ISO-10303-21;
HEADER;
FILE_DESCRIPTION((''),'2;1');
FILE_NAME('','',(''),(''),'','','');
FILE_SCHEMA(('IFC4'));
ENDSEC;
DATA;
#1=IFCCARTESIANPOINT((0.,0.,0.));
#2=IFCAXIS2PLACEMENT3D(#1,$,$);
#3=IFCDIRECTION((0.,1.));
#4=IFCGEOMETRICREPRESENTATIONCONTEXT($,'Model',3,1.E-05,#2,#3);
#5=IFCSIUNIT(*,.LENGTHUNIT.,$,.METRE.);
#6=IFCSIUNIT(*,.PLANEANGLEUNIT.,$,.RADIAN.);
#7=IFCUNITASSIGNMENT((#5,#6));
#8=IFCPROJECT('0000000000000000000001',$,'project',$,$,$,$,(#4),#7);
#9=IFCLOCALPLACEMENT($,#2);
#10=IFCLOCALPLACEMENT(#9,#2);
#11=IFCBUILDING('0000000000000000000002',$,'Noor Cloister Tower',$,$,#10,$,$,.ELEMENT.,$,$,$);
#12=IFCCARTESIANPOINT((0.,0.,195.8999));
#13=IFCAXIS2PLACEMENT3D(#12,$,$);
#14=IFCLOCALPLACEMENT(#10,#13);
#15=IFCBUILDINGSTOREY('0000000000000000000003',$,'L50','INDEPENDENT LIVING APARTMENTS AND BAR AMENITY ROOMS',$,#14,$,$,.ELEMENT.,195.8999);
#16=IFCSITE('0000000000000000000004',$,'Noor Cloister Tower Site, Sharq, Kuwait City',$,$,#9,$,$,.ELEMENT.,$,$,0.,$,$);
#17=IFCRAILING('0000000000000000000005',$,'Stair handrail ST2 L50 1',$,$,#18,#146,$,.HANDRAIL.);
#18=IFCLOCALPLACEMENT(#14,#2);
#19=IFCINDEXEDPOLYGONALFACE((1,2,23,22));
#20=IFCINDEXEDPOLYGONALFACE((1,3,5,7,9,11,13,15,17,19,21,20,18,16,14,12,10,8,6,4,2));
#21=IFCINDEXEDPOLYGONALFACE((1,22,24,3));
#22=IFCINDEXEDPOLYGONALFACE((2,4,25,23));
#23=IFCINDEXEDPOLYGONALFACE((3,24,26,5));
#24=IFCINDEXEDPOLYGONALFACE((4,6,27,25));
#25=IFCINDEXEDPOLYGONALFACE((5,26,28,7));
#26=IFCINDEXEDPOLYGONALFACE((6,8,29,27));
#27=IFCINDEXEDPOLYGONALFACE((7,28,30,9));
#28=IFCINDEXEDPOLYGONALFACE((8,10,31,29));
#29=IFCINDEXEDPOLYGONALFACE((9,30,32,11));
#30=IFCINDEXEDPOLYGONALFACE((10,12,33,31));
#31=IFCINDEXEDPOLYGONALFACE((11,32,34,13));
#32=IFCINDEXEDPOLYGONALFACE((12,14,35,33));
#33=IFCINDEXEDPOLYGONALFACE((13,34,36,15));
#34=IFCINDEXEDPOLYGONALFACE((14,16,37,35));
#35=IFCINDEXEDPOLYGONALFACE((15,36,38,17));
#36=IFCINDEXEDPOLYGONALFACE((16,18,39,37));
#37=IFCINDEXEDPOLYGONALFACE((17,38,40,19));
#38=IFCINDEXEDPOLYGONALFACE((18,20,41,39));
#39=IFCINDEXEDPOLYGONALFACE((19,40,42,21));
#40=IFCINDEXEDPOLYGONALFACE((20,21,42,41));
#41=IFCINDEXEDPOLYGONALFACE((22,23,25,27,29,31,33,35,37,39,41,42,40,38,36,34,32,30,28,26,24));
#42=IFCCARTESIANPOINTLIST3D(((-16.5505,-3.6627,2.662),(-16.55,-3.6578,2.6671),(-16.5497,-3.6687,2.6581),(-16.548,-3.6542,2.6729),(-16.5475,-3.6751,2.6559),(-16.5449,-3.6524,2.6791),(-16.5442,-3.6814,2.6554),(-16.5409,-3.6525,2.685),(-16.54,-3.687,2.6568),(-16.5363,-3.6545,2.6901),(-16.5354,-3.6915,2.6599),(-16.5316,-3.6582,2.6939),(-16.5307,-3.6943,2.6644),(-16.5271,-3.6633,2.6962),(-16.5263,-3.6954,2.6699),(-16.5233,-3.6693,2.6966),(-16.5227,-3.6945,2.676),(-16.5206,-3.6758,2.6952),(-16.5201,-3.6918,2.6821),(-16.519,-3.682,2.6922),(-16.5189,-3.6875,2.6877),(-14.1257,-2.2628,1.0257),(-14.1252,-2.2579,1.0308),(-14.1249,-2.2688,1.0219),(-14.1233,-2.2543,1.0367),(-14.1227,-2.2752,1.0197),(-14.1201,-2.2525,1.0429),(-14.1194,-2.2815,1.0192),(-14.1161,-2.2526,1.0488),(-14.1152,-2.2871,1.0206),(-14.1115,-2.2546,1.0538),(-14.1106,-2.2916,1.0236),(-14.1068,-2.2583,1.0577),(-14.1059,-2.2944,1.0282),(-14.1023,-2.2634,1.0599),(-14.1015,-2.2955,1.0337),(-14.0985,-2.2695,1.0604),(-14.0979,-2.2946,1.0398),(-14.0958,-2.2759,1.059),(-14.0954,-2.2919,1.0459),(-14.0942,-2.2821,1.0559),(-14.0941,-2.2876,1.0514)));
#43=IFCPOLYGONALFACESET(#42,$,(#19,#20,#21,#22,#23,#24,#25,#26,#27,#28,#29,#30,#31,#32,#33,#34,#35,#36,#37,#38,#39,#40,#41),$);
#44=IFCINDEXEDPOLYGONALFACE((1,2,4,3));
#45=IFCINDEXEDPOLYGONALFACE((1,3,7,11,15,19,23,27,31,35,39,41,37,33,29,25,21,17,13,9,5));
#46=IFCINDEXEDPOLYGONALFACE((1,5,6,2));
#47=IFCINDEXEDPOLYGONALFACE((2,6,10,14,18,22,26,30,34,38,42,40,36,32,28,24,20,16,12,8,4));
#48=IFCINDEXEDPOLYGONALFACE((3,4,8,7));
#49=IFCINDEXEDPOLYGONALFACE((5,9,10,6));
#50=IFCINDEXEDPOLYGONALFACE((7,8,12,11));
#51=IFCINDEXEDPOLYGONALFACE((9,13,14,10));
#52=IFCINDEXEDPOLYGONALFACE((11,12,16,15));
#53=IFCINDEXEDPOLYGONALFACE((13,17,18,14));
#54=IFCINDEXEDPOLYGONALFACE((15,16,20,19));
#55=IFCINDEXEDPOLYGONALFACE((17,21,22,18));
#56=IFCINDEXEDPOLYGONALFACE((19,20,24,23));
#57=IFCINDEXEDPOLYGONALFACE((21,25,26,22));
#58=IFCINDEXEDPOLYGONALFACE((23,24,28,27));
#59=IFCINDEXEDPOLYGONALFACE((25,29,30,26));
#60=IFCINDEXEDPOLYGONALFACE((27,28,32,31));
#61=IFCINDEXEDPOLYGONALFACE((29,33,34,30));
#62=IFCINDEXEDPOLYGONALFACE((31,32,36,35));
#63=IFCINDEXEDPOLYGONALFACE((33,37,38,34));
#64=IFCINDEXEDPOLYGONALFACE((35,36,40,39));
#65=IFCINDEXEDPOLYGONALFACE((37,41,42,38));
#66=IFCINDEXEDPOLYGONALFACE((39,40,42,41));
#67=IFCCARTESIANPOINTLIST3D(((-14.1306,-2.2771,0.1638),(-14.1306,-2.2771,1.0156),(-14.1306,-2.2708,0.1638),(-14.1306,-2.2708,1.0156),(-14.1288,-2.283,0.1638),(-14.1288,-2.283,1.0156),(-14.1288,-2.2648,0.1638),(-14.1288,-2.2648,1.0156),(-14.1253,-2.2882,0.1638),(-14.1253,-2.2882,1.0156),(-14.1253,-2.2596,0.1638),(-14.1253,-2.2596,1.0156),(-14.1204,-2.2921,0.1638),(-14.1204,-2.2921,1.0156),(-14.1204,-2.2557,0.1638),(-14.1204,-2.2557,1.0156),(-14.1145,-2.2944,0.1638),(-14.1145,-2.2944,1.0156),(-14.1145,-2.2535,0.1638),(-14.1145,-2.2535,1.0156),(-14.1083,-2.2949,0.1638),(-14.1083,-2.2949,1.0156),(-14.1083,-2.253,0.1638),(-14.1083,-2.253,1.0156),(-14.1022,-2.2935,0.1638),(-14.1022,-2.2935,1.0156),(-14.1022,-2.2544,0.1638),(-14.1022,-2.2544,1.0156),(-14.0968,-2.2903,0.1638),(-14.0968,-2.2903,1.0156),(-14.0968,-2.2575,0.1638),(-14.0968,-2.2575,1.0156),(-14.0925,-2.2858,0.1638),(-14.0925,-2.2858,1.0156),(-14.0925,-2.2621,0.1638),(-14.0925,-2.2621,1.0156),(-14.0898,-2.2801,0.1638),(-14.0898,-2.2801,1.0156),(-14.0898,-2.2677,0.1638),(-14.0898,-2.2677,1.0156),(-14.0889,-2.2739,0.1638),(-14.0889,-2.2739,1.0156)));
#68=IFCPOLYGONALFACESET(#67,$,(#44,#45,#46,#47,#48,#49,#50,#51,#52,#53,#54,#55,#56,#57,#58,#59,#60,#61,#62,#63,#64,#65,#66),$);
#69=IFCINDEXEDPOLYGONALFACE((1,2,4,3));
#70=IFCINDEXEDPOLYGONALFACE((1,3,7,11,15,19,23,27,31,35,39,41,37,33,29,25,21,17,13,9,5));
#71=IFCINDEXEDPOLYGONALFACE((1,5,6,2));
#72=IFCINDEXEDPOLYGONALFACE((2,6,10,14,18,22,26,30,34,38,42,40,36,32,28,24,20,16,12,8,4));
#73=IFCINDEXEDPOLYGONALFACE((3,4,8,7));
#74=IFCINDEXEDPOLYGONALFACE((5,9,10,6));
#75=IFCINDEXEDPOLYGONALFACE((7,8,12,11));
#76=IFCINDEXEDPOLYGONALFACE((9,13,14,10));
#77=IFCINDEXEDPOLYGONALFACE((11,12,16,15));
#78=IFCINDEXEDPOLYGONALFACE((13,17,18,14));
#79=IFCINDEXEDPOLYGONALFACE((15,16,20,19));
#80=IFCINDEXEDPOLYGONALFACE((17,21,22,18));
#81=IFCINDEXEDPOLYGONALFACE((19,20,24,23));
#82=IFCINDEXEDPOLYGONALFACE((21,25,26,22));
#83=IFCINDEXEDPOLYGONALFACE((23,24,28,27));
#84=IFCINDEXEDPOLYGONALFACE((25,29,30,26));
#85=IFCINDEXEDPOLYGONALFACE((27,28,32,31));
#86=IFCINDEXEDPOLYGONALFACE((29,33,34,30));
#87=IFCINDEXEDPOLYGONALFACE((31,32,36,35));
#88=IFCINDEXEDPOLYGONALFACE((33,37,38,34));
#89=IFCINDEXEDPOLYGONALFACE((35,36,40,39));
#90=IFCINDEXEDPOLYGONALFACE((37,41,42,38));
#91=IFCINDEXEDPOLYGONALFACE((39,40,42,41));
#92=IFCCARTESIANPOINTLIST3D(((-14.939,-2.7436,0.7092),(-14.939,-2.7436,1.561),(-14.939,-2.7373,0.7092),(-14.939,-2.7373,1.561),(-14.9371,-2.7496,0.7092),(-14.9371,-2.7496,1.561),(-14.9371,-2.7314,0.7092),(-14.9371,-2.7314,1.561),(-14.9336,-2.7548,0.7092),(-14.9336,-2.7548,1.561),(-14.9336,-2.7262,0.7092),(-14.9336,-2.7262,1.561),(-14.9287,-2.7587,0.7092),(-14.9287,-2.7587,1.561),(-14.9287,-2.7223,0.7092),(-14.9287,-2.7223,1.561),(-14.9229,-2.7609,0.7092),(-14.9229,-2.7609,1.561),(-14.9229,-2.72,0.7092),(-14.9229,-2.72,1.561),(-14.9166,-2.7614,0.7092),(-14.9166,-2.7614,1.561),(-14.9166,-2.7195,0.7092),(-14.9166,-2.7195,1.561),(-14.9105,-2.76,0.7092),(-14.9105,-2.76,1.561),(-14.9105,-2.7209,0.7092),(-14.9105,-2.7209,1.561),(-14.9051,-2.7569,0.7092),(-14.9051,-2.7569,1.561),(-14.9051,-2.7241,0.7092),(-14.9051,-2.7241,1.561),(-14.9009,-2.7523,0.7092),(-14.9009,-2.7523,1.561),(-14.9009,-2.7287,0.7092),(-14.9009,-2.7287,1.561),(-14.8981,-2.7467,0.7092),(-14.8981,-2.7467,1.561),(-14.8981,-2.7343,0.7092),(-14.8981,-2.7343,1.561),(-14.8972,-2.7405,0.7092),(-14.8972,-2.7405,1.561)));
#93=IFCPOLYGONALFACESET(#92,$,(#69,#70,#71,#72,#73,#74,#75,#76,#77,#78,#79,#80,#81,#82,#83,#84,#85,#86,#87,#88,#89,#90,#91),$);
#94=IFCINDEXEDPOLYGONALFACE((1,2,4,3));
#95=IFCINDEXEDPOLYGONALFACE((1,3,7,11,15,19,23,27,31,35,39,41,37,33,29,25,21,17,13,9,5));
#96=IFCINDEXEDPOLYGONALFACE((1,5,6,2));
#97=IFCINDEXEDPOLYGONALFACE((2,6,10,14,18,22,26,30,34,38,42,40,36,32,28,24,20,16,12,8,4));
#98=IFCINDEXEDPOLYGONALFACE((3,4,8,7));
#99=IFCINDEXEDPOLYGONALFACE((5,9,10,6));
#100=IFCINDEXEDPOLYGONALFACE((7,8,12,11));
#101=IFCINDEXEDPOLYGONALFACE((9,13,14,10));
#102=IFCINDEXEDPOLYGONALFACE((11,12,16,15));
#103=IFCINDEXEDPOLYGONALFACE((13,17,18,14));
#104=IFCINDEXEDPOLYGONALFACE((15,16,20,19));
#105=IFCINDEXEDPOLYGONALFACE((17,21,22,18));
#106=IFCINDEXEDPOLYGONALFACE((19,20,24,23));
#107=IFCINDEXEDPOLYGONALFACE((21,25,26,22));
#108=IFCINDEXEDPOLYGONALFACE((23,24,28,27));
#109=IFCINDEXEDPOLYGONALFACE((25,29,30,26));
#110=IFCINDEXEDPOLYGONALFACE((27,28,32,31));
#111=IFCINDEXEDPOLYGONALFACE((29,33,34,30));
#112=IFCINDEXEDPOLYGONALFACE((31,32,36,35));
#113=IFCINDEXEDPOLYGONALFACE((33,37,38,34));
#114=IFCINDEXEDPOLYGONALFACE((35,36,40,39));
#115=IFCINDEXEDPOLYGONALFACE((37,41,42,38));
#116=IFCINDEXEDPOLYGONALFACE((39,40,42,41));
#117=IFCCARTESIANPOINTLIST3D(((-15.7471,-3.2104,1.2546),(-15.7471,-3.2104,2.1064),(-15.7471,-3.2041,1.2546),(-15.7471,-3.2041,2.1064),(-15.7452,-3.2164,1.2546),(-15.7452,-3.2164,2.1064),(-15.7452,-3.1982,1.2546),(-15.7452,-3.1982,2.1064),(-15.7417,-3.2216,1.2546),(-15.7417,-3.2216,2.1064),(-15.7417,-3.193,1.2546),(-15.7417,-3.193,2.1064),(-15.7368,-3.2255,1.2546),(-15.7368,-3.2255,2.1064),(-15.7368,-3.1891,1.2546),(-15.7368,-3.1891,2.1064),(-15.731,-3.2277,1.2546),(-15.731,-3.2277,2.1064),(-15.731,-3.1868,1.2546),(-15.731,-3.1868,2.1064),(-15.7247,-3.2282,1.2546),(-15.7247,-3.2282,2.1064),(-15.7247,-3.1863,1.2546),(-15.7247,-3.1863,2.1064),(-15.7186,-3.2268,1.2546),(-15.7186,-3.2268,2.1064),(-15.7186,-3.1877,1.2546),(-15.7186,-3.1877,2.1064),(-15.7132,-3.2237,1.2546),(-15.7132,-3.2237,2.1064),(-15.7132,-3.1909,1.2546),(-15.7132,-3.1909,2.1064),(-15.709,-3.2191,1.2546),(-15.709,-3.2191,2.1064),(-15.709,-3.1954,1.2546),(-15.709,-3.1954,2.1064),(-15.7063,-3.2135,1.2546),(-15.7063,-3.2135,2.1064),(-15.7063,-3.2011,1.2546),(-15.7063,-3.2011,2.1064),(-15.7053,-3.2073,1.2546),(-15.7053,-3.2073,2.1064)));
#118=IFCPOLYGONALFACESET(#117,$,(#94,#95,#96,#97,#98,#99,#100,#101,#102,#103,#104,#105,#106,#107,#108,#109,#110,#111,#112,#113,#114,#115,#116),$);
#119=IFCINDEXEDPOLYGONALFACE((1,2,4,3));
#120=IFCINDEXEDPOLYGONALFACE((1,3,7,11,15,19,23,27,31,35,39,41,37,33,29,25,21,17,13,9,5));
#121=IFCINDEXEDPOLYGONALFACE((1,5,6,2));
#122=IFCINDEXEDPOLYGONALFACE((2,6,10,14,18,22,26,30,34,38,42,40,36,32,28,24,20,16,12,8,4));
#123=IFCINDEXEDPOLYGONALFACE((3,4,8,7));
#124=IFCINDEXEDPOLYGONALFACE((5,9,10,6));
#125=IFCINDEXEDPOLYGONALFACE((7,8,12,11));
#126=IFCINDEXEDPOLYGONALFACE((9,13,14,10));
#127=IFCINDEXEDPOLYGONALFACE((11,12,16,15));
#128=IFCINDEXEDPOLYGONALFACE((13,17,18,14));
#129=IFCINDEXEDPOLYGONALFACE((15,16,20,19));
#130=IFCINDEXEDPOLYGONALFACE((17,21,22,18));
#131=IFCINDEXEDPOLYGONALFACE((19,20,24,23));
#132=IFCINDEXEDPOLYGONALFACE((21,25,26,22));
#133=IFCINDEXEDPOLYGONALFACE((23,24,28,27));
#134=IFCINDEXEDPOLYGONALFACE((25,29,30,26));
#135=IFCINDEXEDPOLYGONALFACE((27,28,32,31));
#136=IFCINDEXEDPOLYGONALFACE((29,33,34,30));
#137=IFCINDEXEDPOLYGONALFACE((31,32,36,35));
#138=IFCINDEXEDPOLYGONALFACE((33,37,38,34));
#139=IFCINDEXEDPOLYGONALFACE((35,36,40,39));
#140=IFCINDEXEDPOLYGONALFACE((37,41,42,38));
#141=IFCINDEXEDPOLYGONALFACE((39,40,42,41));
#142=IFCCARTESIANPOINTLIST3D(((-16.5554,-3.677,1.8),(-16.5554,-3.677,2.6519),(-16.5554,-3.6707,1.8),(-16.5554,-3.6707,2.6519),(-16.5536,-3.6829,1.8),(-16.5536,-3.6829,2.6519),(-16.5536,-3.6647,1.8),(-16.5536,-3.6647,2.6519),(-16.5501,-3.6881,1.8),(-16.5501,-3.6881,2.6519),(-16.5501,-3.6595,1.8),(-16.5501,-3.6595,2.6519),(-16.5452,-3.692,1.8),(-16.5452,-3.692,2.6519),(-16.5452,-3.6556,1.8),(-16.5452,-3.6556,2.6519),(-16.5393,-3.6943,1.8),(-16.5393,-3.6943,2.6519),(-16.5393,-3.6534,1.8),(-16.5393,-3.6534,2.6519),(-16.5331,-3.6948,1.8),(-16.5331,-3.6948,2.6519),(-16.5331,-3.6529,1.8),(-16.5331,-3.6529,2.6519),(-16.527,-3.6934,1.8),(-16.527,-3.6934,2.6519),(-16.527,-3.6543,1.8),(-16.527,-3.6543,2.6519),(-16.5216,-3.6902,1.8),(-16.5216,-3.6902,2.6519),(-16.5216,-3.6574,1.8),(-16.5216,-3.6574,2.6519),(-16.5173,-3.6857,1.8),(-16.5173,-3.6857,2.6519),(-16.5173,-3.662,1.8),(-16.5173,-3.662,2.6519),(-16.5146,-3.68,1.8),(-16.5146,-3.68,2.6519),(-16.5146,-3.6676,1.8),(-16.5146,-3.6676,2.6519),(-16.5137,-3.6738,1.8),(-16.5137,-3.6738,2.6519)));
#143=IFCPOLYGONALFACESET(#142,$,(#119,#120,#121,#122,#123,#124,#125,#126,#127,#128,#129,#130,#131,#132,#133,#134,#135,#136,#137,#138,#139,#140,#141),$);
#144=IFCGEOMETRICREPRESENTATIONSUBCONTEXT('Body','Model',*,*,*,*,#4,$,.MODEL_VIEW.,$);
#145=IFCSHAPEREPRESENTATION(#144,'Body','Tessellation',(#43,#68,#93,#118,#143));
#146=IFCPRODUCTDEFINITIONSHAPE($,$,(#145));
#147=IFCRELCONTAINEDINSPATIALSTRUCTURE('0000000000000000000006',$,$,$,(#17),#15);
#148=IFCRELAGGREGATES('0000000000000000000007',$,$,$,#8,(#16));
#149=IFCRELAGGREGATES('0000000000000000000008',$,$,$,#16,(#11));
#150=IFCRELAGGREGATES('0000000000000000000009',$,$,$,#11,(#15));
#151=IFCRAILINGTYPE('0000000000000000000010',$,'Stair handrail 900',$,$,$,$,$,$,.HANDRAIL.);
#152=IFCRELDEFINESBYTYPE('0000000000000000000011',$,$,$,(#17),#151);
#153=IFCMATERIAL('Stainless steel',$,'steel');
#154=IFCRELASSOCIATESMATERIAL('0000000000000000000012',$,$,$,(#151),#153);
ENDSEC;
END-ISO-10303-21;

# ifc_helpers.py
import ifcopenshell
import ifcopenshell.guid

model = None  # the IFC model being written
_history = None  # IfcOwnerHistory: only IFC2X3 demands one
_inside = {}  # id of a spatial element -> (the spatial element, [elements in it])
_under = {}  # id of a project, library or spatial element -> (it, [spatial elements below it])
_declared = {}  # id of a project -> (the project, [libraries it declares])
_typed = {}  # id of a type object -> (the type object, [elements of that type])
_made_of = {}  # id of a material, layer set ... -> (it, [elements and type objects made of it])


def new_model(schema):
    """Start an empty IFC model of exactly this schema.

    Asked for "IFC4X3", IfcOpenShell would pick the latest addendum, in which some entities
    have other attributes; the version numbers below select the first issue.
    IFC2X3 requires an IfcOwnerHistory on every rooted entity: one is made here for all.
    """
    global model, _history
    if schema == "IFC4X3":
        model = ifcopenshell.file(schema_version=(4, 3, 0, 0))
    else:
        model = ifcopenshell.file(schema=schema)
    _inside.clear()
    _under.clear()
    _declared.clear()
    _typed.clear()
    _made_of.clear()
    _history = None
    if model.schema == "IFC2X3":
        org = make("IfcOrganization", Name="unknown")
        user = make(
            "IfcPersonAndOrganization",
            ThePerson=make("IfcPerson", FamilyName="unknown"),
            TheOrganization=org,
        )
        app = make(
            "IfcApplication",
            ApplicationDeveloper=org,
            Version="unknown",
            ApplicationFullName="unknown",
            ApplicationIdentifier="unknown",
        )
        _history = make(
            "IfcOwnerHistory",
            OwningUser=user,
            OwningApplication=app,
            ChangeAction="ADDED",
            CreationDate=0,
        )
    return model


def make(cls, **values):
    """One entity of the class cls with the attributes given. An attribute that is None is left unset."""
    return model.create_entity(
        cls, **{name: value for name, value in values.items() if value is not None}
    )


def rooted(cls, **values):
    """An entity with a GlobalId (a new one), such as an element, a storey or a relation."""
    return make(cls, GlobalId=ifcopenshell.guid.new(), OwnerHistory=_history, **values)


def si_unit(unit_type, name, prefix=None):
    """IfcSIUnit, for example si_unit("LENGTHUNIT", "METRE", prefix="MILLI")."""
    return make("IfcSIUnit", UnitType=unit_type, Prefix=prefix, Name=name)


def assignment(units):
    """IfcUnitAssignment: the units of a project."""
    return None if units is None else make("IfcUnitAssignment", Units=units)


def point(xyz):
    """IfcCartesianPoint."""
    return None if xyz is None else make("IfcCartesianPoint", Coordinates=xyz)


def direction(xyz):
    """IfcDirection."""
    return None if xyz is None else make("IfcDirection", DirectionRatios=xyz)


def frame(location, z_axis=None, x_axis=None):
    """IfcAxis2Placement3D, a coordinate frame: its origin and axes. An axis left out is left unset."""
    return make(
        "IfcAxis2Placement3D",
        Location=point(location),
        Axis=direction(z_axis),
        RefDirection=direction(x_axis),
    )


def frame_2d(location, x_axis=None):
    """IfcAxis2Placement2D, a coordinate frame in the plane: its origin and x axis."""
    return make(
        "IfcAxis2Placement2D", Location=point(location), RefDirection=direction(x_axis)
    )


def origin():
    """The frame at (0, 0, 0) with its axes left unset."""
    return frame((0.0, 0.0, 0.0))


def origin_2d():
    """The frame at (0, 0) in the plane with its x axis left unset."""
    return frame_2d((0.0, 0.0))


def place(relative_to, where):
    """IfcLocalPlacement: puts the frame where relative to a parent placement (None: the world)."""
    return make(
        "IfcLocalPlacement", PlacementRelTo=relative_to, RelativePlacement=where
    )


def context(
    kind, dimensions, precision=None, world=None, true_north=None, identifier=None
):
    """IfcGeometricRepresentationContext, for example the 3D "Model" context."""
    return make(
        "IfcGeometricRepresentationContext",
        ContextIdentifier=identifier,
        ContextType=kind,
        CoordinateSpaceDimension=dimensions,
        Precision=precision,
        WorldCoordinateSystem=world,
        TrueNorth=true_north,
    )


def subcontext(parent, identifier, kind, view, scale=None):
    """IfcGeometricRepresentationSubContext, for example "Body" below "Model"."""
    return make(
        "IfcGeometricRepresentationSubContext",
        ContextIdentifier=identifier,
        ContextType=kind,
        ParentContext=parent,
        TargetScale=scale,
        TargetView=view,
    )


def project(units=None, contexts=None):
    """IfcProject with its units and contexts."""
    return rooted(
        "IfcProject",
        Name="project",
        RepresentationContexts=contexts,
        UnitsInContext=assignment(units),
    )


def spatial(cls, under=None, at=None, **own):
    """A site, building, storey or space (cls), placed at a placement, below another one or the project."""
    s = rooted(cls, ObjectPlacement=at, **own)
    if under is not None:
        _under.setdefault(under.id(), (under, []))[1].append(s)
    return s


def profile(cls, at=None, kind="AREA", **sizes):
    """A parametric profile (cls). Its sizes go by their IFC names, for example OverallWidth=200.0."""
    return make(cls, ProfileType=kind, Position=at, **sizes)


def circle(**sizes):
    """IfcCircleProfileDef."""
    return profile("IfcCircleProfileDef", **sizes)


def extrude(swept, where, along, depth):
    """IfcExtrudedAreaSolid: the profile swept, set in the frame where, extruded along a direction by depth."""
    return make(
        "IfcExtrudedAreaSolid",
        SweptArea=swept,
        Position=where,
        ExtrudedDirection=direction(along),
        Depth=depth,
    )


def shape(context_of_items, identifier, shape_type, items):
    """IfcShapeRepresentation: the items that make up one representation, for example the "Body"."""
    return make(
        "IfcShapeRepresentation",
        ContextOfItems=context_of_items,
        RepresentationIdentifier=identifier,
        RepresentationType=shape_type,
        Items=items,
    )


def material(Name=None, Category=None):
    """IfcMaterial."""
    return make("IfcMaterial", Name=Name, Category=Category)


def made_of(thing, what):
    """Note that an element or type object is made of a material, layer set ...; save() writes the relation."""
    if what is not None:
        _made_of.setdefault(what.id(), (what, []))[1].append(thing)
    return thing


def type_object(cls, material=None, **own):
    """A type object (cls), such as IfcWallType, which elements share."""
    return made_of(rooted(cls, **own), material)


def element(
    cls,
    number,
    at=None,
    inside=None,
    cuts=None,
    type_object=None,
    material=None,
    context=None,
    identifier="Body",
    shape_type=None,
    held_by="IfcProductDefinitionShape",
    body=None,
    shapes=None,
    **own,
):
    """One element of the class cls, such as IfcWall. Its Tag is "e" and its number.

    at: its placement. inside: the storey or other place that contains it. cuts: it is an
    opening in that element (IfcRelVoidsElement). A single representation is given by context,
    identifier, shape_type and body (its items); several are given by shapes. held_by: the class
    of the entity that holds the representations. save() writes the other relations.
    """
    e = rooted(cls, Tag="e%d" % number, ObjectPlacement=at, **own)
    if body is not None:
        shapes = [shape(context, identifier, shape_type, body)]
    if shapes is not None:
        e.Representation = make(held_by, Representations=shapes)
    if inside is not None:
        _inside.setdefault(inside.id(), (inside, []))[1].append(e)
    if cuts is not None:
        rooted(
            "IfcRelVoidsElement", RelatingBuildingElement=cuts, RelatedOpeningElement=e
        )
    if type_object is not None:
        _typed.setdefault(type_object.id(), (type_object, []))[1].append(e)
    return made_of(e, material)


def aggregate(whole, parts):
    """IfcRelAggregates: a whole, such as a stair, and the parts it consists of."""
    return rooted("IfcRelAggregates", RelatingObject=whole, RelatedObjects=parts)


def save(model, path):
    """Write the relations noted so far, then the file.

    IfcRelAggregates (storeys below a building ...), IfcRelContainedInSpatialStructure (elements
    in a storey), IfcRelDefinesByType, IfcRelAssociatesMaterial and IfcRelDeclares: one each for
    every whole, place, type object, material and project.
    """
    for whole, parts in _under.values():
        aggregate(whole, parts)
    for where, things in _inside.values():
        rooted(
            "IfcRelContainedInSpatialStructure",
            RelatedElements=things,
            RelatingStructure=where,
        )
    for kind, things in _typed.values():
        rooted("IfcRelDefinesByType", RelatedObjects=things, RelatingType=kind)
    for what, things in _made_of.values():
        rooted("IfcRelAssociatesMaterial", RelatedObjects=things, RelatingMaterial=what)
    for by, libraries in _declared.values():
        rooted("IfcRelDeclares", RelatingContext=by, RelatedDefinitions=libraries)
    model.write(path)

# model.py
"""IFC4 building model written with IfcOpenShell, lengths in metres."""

from ifc_helpers import new_model, si_unit, direction, frame, origin, origin_2d, place, context, subcontext, project, spatial, circle, extrude, material, type_object, element, save


model = new_model("IFC4")

# Units and contexts
model_context = context("Model", 3, precision=1e-05, world=origin(), true_north=direction((0.0, 1.0)))
body_context = subcontext(model_context, "Body", "Model", "MODEL_VIEW")
ifc_project = project(units=[si_unit("LENGTHUNIT", "METRE"), si_unit("PLANEANGLEUNIT", "RADIAN")], contexts=[model_context])

# Site, building, storey
site_placement = place(None, origin())
site = spatial("IfcSite", under=ifc_project, at=site_placement, Name="Noor Cloister Tower Site, Sharq, Kuwait City", CompositionType="ELEMENT", RefElevation=0.0)
building_placement = place(site_placement, origin())
building = spatial("IfcBuilding", under=site, at=building_placement, Name="Noor Cloister Tower", CompositionType="ELEMENT")
storey_placement = place(building_placement, frame((0.0, 0.0, 195.8999)))
storey = spatial("IfcBuildingStorey", under=building, at=storey_placement, Name="L50", Description="INDEPENDENT LIVING APARTMENTS AND BAR AMENITY ROOMS", CompositionType="ELEMENT", Elevation=195.8999)

# Railing
ifc_material_1 = material(Name="Stainless steel", Category="steel")
railing_type_1 = type_object("IfcRailingType", Name="Stair handrail 900", PredefinedType="HANDRAIL", material=ifc_material_1)
railing_1_placement = place(storey_placement, frame((-14.1099, -2.2739, 0.1638)))
element("IfcRailing", 1, at=railing_1_placement, inside=storey, type_object=railing_type_1, Name="Stair handrail ST2 L50 1", PredefinedType="HANDRAIL", context=body_context, shape_type="SweptSolid", body=[
    extrude(circle(Radius=0.0239, at=origin_2d()), frame((0.0, 0.0, 0.876), z_axis=(-0.747718, -0.431677, 0.504552), x_axis=(0.499984, -0.866035, 0.0)), (0.0, 0.0, 1.0), 3.2429),
    extrude(circle(Radius=0.021, at=origin_2d()), origin(), (0.0, 0.0, 1.0), 0.8518),
    extrude(circle(Radius=0.021, at=origin_2d()), frame((-0.8083, -0.4666, 0.5454)), (0.0, 0.0, 1.0), 0.8518),
    extrude(circle(Radius=0.021, at=origin_2d()), frame((-1.6165, -0.9333, 1.0908)), (0.0, 0.0, 1.0), 0.8518),
    extrude(circle(Radius=0.021, at=origin_2d()), frame((-2.4248, -1.3999, 1.6362)), (0.0, 0.0, 1.0), 0.8518),
])

save(model, "model.ifc")
